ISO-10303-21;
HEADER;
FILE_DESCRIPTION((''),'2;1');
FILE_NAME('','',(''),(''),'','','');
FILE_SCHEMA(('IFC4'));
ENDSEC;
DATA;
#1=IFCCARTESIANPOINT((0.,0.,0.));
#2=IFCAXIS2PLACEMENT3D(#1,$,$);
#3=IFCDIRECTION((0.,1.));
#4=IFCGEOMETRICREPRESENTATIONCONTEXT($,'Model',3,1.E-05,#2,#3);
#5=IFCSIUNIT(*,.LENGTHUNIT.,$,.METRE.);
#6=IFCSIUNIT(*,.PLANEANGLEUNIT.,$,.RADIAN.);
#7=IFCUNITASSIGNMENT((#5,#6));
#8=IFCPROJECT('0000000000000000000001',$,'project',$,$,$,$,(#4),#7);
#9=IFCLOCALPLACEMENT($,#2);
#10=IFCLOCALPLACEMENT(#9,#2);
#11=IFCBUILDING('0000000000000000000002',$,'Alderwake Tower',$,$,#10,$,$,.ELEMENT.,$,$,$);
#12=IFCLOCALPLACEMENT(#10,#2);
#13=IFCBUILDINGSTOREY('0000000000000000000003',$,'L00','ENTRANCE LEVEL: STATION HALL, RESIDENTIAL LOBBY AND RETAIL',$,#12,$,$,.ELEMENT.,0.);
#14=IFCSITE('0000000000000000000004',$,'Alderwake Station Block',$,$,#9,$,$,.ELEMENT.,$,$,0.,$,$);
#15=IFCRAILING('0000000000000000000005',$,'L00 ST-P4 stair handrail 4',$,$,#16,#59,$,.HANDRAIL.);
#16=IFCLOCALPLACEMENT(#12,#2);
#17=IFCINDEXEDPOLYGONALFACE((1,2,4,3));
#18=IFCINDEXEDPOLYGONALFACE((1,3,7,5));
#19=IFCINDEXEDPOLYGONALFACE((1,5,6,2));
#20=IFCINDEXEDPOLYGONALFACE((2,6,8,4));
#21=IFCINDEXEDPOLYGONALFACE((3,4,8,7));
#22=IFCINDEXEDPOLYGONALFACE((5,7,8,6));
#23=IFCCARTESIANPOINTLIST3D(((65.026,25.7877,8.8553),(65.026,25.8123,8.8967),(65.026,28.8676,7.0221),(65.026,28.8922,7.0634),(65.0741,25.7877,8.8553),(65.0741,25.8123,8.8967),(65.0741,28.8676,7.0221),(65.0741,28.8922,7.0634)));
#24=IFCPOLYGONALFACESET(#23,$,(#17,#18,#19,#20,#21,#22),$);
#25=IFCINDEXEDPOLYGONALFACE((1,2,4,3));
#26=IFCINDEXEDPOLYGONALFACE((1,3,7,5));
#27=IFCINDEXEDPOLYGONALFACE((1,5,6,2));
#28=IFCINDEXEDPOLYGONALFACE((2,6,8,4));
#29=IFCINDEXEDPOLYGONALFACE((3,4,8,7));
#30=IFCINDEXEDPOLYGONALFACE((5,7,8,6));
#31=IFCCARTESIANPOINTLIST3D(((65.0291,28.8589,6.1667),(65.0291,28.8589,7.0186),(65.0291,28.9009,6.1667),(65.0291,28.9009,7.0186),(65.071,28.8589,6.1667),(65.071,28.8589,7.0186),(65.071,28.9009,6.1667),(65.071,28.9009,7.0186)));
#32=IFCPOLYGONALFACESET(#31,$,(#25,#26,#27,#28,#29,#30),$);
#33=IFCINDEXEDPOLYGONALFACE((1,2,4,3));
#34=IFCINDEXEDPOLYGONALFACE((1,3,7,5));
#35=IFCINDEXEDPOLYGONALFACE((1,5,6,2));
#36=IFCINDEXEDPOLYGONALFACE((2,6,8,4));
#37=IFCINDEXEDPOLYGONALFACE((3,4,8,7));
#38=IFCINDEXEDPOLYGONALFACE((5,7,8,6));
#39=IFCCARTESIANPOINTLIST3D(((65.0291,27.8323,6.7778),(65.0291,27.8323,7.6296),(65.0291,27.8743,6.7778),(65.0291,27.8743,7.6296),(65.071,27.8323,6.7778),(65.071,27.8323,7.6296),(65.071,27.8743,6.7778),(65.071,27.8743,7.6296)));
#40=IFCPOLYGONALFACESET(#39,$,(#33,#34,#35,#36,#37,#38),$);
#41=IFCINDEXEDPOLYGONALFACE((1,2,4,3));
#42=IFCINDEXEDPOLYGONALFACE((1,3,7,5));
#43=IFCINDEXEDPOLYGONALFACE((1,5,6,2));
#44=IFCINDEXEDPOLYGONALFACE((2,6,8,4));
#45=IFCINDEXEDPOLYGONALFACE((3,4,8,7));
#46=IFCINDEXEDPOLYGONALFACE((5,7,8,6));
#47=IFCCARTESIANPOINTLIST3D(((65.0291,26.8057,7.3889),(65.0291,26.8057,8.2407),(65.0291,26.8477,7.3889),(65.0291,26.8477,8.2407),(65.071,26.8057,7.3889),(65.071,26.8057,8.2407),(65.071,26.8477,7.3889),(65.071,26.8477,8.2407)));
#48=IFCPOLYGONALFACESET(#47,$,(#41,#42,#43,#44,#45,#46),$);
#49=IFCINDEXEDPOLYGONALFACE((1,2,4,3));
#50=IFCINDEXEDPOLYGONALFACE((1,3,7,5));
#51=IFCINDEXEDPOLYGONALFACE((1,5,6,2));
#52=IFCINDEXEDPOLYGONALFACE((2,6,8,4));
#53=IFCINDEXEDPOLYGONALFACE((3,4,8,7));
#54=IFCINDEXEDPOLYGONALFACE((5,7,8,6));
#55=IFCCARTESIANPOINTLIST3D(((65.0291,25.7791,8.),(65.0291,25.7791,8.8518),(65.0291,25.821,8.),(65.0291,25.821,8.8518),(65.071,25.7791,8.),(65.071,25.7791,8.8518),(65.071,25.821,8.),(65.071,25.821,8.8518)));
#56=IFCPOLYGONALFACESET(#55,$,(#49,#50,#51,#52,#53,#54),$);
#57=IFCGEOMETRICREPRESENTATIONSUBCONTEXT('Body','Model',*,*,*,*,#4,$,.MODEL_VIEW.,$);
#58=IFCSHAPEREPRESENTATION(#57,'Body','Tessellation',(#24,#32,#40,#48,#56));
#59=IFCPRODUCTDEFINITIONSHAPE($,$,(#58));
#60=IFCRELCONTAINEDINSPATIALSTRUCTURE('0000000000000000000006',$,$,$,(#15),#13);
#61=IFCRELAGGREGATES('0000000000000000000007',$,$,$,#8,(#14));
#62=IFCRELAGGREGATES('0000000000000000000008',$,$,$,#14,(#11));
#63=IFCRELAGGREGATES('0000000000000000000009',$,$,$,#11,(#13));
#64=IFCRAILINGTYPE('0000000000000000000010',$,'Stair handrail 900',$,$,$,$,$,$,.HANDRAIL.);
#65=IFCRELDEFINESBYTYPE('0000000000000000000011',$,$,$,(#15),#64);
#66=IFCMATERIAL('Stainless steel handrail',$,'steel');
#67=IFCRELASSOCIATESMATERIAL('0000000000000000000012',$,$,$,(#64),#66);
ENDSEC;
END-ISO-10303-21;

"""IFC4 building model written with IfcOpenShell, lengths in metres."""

from ifc_helpers import new_model, si_unit, direction, frame, origin, origin_2d, place, context, subcontext, project, spatial, rectangle, extrude, material, type_object, element, save


model = new_model("IFC4")

# Units and contexts
model_context = context("Model", 3, precision=1e-05, world=origin(), true_north=direction((0.0, 1.0)))
body_context = subcontext(model_context, "Body", "Model", "MODEL_VIEW")
ifc_project = project(units=[si_unit("LENGTHUNIT", "METRE"), si_unit("PLANEANGLEUNIT", "RADIAN")], contexts=[model_context])

# Site, building, storey
site_placement = place(None, origin())
site = spatial("IfcSite", under=ifc_project, at=site_placement, Name="Alderwake Station Block", CompositionType="ELEMENT", RefElevation=0.0)
building_placement = place(site_placement, origin())
building = spatial("IfcBuilding", under=site, at=building_placement, Name="Alderwake Tower", CompositionType="ELEMENT")
storey_placement = place(building_placement, origin())
storey = spatial("IfcBuildingStorey", under=building, at=storey_placement, Name="L00", Description="ENTRANCE LEVEL: STATION HALL, RESIDENTIAL LOBBY AND RETAIL", CompositionType="ELEMENT", Elevation=0.0)

# Railing
ifc_material_1 = material(Name="Stainless steel handrail", Category="steel")
railing_type_1 = type_object("IfcRailingType", Name="Stair handrail 900", PredefinedType="HANDRAIL", material=ifc_material_1)
for number, where, name in (
    (1, (65.05, 28.8799, 6.1667), "L00 ST-P4 stair handrail 4"),
):
    element("IfcRailing", number, at=place(storey_placement, frame(where)), inside=storey, type_object=railing_type_1, Name=name, PredefinedType="HANDRAIL", context=body_context, shape_type="SweptSolid", body=[
        extrude(rectangle(XDim=0.0481, YDim=0.0481, at=origin_2d()), frame((0.0, 0.0, 0.876), z_axis=(0.0, -0.859291, 0.511487), x_axis=(1.0, 0.0, 0.0)), (0.0, 0.0, 1.0), 3.5842),
        extrude(rectangle(XDim=0.042, YDim=0.042, at=origin_2d()), frame((0.0, 0.0, 0.0), z_axis=(0.0, 0.0, 1.0), x_axis=(0.0, -1.0, 0.0)), (0.0, 0.0, 1.0), 0.8518),
        extrude(rectangle(XDim=0.042, YDim=0.042, at=origin_2d()), frame((0.0, -1.0266, 0.6111), z_axis=(0.0, 0.0, 1.0), x_axis=(0.0, -1.0, 0.0)), (0.0, 0.0, 1.0), 0.8518),
        extrude(rectangle(XDim=0.042, YDim=0.042, at=origin_2d()), frame((0.0, -2.0532, 1.2222), z_axis=(0.0, 0.0, 1.0), x_axis=(0.0, -1.0, 0.0)), (0.0, 0.0, 1.0), 0.8518),
        extrude(rectangle(XDim=0.042, YDim=0.042, at=origin_2d()), frame((0.0, -3.0798, 1.8333), z_axis=(0.0, 0.0, 1.0), x_axis=(0.0, -1.0, 0.0)), (0.0, 0.0, 1.0), 0.8518),
    ])

save(model, "model.ifc")
